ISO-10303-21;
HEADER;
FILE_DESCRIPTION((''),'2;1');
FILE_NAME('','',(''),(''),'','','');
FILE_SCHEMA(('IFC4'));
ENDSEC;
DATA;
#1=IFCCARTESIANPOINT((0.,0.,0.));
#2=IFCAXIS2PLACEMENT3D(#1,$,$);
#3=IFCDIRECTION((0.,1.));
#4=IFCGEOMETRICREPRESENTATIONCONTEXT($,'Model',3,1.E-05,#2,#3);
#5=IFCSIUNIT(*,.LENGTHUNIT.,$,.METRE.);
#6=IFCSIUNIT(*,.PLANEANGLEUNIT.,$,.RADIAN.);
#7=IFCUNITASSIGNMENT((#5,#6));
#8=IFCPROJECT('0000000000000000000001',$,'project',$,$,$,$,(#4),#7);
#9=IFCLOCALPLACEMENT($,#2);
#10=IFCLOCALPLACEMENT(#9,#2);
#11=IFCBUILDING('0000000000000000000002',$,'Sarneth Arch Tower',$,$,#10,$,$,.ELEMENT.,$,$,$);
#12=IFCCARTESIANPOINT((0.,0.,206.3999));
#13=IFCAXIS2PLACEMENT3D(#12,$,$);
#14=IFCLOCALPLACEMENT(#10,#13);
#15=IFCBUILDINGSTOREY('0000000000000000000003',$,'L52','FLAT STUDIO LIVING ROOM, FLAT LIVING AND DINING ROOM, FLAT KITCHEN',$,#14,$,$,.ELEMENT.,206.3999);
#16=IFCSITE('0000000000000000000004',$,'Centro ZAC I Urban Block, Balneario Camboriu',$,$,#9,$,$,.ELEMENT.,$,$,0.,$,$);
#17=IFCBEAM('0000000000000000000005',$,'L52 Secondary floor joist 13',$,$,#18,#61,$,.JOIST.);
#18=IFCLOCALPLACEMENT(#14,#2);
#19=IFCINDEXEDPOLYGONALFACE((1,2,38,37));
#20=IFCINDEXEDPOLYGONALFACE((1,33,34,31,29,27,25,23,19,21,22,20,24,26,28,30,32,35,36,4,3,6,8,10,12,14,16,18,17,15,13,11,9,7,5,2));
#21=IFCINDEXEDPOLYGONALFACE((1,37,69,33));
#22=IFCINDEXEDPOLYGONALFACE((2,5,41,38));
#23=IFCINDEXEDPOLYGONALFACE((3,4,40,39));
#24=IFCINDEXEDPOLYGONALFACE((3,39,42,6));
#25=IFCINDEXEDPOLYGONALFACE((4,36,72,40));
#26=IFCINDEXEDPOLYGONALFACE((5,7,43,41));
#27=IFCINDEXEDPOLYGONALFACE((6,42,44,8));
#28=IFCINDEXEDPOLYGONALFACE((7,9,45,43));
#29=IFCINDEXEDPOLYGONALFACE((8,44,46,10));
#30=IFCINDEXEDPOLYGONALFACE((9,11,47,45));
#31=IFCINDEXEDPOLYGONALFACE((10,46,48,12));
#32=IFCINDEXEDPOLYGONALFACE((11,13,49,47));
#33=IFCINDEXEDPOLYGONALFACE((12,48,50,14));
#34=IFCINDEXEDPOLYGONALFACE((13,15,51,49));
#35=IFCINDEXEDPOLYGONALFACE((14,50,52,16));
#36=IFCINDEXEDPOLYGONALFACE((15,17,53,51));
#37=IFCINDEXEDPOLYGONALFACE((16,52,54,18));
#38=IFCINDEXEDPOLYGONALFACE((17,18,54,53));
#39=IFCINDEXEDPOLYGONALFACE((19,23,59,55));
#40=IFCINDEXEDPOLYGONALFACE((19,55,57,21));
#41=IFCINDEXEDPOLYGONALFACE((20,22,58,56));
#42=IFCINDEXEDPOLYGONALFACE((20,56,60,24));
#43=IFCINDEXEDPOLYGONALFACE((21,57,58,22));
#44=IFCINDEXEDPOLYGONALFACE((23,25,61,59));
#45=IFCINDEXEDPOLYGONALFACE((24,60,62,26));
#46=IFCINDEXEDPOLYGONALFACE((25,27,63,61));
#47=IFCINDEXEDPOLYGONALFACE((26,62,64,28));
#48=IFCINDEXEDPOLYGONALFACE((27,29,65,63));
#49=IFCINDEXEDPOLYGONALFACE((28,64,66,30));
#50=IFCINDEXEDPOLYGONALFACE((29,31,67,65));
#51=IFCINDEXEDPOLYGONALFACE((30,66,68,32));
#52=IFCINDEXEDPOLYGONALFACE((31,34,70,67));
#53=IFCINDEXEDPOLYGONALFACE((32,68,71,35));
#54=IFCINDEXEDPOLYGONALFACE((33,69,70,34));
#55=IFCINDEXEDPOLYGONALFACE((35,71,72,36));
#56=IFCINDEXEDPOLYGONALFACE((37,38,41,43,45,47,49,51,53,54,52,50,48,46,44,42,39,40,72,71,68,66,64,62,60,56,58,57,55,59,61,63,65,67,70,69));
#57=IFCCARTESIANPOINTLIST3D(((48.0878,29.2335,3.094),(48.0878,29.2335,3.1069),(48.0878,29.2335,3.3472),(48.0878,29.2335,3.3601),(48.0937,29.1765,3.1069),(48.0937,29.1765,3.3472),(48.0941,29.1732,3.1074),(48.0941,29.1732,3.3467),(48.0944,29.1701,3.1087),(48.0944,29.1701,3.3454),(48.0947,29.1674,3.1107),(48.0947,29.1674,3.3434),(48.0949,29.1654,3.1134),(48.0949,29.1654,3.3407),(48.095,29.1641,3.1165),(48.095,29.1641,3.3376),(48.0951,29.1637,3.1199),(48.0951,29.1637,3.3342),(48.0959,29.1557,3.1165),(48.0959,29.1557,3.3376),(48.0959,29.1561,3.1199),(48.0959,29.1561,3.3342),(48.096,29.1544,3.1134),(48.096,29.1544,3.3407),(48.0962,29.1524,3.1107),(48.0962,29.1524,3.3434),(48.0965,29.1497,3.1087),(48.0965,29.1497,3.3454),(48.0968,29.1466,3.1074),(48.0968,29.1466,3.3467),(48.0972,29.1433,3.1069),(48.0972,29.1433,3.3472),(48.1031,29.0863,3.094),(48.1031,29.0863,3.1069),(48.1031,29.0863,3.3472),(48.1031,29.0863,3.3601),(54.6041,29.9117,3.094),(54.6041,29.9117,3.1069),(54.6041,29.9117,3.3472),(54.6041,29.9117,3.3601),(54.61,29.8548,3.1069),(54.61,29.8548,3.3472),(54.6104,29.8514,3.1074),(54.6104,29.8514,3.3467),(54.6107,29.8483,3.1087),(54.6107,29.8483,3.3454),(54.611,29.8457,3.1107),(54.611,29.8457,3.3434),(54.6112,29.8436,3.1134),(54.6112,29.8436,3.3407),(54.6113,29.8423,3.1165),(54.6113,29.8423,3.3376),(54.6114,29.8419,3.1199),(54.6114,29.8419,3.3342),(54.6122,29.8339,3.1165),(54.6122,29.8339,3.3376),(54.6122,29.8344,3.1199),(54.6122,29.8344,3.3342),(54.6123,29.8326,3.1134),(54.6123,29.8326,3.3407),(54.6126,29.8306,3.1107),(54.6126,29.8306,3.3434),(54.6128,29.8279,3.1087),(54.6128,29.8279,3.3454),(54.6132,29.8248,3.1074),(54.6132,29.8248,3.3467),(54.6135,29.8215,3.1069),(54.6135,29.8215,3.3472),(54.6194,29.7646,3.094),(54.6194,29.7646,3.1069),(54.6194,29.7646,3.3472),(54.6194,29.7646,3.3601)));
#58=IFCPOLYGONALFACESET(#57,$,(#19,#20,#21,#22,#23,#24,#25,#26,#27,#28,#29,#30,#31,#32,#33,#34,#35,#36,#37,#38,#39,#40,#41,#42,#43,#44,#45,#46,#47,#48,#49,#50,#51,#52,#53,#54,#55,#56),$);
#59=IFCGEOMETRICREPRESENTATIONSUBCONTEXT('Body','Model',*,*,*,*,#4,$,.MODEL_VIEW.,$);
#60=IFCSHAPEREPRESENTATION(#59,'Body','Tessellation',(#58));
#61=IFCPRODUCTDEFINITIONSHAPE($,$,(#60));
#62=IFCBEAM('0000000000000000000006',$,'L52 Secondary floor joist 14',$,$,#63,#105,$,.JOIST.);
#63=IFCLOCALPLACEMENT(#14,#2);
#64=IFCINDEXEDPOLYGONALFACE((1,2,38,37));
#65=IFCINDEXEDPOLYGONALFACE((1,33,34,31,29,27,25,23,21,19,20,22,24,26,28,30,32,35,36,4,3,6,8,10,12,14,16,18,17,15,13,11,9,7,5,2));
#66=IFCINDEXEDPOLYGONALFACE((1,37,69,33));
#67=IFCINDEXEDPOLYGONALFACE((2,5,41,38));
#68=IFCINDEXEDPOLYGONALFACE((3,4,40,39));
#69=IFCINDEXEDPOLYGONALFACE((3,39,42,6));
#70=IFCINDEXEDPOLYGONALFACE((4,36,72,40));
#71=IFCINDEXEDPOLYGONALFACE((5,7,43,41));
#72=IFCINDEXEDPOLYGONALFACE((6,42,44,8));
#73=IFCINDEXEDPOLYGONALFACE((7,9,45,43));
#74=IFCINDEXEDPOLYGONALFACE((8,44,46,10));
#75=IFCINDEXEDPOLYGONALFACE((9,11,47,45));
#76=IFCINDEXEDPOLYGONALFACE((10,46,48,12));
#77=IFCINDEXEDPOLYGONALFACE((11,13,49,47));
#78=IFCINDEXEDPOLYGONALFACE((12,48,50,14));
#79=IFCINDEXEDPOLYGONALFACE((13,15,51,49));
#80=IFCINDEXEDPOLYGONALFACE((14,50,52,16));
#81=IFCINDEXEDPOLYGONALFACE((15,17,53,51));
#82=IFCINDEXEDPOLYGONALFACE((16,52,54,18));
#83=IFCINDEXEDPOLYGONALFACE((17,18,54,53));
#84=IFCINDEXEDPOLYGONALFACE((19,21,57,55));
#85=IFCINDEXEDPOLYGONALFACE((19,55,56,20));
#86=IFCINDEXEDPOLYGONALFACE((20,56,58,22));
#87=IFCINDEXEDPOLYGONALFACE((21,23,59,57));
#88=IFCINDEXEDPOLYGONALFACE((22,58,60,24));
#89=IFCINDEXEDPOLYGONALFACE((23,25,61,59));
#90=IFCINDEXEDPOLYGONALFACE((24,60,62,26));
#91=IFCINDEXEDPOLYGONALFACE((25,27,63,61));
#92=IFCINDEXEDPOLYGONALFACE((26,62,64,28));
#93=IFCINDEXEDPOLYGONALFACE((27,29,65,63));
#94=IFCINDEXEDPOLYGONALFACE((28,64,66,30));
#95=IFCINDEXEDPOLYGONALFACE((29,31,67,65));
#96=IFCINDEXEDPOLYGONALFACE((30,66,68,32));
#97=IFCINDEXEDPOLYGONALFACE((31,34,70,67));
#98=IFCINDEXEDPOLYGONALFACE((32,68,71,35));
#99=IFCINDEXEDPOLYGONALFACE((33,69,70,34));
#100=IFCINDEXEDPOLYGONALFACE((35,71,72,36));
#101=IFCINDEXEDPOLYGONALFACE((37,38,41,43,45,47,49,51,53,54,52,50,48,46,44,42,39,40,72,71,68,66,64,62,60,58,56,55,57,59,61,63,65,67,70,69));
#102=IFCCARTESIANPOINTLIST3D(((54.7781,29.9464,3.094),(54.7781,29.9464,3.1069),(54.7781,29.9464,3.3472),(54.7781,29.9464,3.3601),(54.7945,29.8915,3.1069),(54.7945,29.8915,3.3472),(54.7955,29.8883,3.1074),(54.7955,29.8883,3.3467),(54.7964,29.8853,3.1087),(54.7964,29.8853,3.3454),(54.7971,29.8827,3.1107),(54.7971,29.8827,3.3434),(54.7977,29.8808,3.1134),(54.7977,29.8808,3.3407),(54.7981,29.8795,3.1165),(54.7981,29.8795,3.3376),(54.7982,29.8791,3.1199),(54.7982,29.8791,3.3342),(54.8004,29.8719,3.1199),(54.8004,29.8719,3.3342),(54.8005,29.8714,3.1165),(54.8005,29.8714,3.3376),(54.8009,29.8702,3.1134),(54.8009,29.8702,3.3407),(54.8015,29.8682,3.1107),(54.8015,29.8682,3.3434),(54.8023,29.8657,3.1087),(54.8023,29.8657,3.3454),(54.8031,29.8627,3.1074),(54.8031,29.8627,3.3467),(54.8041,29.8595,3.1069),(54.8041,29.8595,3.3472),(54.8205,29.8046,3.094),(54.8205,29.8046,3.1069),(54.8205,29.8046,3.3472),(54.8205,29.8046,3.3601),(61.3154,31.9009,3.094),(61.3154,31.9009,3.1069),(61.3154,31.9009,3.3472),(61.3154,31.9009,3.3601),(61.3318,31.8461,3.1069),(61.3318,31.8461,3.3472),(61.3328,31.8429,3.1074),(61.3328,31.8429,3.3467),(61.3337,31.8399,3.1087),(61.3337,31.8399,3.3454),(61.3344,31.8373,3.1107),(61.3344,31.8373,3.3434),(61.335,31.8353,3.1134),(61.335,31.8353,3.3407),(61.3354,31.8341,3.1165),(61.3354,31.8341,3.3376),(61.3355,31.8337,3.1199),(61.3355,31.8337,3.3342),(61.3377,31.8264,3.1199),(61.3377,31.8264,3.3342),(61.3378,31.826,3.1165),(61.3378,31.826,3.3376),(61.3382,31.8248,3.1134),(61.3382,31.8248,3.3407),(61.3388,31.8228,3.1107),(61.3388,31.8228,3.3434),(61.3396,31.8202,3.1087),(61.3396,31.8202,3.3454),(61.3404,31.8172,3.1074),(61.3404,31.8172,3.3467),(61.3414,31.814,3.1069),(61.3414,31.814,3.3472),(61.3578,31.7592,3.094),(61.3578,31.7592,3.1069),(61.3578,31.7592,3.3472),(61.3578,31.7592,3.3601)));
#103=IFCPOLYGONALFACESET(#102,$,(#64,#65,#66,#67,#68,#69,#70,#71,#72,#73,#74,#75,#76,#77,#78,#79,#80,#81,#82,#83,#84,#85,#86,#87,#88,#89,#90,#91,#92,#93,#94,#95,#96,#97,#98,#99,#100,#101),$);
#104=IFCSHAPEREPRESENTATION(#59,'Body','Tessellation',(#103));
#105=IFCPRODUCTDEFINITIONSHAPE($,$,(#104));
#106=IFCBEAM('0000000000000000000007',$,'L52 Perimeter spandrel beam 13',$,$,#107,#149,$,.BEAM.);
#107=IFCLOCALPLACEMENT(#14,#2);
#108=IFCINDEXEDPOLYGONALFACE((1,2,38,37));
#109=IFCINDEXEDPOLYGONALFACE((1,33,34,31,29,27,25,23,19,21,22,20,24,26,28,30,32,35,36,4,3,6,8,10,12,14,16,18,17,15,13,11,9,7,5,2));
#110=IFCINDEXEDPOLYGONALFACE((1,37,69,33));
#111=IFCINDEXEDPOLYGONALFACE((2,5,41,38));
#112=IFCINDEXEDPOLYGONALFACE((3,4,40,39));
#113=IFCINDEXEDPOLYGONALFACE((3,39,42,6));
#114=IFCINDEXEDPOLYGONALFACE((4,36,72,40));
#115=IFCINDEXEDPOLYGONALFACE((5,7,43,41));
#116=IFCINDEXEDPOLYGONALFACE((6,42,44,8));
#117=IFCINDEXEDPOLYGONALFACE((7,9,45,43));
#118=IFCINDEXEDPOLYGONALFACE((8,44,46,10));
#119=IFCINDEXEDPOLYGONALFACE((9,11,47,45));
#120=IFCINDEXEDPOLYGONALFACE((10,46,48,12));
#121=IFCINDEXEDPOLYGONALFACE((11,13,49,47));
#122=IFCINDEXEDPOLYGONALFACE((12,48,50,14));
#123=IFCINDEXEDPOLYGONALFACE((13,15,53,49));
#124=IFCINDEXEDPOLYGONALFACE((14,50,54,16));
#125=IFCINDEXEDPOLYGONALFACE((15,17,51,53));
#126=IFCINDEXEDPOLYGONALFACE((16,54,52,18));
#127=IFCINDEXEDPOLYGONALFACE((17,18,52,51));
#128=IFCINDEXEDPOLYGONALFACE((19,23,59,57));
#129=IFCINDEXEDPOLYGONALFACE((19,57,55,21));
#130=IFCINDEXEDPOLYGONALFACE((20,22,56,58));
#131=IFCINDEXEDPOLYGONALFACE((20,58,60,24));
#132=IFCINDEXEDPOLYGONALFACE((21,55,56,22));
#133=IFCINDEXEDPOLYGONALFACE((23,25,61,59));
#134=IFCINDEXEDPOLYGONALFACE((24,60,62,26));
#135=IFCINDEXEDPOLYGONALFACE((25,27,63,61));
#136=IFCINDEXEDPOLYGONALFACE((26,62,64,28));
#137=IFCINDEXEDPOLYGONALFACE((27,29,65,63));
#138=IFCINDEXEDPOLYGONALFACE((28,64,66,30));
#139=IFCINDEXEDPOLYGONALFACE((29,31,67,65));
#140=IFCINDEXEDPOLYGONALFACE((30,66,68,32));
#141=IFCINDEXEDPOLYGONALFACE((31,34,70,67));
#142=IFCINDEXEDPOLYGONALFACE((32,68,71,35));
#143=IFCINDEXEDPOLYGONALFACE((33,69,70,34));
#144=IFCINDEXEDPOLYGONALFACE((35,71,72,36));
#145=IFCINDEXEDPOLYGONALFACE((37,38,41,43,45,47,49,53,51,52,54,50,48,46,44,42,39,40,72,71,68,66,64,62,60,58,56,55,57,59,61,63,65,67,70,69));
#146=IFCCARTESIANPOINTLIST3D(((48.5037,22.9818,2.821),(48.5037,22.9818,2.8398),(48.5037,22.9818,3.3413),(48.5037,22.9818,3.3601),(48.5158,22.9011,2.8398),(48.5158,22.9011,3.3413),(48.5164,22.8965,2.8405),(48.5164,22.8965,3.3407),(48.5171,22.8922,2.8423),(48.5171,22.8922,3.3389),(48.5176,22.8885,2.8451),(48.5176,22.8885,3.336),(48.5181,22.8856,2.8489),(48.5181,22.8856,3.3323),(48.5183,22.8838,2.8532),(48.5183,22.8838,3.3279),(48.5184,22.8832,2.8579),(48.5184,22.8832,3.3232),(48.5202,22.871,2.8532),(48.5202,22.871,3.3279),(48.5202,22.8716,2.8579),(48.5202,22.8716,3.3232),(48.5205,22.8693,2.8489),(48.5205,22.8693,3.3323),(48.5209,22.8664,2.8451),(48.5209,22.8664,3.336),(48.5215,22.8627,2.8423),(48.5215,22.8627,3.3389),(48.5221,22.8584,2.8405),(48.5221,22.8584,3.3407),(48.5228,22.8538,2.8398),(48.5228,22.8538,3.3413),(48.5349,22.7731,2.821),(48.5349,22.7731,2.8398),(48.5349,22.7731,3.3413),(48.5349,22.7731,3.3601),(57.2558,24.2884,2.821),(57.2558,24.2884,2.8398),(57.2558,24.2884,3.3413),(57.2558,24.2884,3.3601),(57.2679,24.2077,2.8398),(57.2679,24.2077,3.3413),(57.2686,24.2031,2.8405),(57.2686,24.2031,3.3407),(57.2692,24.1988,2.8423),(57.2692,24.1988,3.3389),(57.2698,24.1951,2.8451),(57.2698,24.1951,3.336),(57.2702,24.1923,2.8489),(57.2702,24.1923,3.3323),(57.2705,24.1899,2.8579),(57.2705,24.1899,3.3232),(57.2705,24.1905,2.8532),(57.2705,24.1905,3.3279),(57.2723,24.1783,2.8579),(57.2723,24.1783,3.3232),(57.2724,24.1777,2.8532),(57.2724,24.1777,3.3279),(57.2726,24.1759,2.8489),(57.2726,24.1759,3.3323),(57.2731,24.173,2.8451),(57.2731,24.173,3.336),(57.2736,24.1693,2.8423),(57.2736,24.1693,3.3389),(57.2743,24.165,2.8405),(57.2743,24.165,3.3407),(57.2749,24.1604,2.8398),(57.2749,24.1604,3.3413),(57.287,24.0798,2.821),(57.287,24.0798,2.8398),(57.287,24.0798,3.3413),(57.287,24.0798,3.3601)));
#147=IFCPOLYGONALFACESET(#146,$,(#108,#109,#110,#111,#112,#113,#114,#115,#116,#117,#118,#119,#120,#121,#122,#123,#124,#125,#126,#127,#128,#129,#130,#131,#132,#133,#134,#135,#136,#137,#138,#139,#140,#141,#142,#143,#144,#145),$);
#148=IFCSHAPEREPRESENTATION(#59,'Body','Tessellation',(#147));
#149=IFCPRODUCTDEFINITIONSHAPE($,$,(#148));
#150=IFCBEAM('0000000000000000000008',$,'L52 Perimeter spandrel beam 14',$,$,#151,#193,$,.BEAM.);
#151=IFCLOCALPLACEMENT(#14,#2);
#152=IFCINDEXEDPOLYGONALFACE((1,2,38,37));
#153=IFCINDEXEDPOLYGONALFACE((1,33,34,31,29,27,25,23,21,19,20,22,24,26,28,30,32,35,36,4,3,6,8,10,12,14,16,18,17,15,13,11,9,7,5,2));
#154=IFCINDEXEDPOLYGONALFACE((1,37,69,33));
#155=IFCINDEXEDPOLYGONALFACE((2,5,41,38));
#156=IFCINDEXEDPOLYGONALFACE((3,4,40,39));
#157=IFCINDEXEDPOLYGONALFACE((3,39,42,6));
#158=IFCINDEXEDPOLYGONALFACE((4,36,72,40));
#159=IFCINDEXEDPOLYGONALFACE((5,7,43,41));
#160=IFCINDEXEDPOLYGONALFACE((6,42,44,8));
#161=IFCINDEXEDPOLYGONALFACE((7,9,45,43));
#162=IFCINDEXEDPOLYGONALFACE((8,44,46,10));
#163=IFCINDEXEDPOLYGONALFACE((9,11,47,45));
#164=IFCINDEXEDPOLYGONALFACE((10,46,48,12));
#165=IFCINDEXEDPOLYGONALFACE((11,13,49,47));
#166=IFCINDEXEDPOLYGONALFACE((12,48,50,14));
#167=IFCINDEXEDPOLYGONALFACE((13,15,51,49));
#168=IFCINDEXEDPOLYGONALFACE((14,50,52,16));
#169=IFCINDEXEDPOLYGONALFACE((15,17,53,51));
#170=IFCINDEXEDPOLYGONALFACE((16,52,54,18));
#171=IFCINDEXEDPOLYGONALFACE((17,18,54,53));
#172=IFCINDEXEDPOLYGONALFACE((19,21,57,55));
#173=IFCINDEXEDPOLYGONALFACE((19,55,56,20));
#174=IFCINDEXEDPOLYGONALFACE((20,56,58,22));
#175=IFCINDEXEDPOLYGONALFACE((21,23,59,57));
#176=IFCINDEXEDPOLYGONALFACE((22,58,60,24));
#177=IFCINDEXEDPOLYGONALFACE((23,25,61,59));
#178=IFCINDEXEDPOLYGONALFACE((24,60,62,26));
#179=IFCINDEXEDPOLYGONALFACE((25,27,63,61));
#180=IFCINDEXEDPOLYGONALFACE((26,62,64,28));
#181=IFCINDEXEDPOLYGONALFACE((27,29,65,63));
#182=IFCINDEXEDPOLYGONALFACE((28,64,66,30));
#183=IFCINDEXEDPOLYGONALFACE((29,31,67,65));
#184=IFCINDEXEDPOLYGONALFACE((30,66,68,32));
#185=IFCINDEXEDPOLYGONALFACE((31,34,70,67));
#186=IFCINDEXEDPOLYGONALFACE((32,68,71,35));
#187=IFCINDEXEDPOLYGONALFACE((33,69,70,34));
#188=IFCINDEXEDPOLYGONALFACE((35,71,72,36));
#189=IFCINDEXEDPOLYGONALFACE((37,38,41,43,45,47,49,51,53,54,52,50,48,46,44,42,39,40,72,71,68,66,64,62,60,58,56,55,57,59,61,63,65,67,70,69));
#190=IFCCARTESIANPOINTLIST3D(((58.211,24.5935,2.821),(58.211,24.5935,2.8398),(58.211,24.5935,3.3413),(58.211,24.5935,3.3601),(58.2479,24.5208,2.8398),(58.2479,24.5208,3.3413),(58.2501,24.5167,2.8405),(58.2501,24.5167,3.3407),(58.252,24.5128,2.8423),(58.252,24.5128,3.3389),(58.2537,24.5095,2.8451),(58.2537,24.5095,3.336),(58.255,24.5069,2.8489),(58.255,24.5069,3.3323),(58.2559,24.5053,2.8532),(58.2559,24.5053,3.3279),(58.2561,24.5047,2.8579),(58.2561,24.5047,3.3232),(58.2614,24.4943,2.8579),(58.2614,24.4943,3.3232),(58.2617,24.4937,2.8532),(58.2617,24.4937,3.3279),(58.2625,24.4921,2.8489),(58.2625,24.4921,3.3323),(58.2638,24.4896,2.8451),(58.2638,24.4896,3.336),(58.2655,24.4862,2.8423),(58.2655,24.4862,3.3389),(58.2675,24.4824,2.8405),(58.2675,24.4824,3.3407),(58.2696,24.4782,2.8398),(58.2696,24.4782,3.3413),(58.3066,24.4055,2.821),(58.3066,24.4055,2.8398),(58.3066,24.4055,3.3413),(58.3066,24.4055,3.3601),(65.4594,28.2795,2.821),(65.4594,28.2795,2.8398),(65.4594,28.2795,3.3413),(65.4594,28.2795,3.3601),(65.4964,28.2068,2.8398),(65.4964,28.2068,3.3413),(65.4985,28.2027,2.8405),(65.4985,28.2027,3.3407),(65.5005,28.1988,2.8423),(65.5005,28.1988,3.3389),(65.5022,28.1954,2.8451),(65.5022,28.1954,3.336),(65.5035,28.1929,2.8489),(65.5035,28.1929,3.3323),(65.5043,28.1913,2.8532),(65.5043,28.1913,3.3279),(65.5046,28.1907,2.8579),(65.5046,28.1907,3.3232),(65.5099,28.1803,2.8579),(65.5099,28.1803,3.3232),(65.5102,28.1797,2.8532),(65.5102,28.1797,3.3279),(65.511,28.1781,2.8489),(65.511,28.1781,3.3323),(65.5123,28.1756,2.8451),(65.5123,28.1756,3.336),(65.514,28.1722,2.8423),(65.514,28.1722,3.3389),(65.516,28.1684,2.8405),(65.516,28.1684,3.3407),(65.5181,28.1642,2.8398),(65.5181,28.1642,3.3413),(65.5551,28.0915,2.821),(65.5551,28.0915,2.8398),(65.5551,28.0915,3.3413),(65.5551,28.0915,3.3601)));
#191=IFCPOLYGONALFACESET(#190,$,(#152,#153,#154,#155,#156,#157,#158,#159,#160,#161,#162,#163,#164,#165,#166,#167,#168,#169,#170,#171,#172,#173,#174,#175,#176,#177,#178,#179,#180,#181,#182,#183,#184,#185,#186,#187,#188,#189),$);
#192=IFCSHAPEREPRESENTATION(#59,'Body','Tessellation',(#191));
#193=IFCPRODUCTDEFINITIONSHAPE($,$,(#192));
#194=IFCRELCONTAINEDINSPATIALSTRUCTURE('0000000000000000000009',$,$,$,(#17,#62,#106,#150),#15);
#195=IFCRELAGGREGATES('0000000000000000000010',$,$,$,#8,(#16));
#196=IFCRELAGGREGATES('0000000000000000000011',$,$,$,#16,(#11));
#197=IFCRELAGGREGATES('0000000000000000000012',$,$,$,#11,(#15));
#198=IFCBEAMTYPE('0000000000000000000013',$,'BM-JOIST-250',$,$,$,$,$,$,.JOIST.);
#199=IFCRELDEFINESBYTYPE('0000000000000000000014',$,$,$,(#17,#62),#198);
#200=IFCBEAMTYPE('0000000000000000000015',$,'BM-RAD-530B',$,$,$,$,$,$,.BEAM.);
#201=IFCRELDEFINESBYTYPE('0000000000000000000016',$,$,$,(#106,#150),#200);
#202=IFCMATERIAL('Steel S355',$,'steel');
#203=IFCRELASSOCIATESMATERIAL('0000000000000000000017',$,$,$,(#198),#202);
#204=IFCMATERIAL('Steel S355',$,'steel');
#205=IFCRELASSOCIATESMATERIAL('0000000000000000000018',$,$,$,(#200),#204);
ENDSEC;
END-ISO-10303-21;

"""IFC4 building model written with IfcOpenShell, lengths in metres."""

from ifc_helpers import new_model, si_unit, direction, frame, origin, origin_2d, place, context, subcontext, project, spatial, i_section, extrude, material, material_profile, profile_set, type_object, element, save


model = new_model("IFC4")

# Units and contexts
model_context = context("Model", 3, precision=1e-05, world=origin(), true_north=direction((0.0, 1.0)))
body_context = subcontext(model_context, "Body", "Model", "MODEL_VIEW")
ifc_project = project(units=[si_unit("LENGTHUNIT", "METRE"), si_unit("PLANEANGLEUNIT", "RADIAN")], contexts=[model_context])

# Site, building, storey
site_placement = place(None, origin())
site = spatial("IfcSite", under=ifc_project, at=site_placement, Name="Centro ZAC I Urban Block, Balneario Camboriu", CompositionType="ELEMENT", RefElevation=0.0)
building_placement = place(site_placement, origin())
building = spatial("IfcBuilding", under=site, at=building_placement, Name="Sarneth Arch Tower", CompositionType="ELEMENT")
storey_placement = place(building_placement, frame((0.0, 0.0, 206.3999)))
storey = spatial("IfcBuildingStorey", under=building, at=storey_placement, Name="L52", Description="FLAT STUDIO LIVING ROOM, FLAT LIVING AND DINING ROOM, FLAT KITCHEN", CompositionType="ELEMENT", Elevation=206.3999)

# Beams
ifc_material_1 = material(Name="Steel S355", Category="steel")
ifc_material_profile_1 = material_profile(ifc_material_1, i_section(OverallWidth=0.1479, OverallDepth=0.2661, WebThickness=0.0076, FlangeThickness=0.0129, FilletRadius=0.0129, at=origin_2d()), Name="W250x44.8")
ifc_profile_set_1 = profile_set([ifc_material_profile_1], Name="Steel S355")
beam_type_1 = type_object("IfcBeamType", Name="BM-JOIST-250", PredefinedType="JOIST", material=ifc_profile_set_1)
beam_1_placement = place(storey_placement, frame((48.0955, 29.1599, 3.2271), z_axis=(0.994627, 0.103521, 0.0), x_axis=(-0.103521, 0.994627, 0.0)))
element("IfcBeam", 1, at=beam_1_placement, inside=storey, type_object=beam_type_1, Name="L52 Secondary floor joist 13", PredefinedType="JOIST", context=body_context, shape_type="SweptSolid", body=[
    extrude(i_section(OverallWidth=0.1479, OverallDepth=0.2661, WebThickness=0.0076, FlangeThickness=0.0129, FilletRadius=0.0129, at=origin_2d()), origin(), (0.0, 0.0, 1.0), 6.5515),
])
beam_2_placement = place(storey_placement, frame((54.7993, 29.8755, 3.2271), z_axis=(0.958093, 0.286458, 0.0), x_axis=(-0.286458, 0.958093, 0.0)))
element("IfcBeam", 2, at=beam_2_placement, inside=storey, type_object=beam_type_1, Name="L52 Secondary floor joist 14", PredefinedType="JOIST", context=body_context, shape_type="SweptSolid", body=[
    extrude(i_section(OverallWidth=0.1479, OverallDepth=0.2661, WebThickness=0.0076, FlangeThickness=0.0129, FilletRadius=0.0129, at=origin_2d()), origin(), (0.0, 0.0, 1.0), 6.8232),
])
ifc_material_2 = material(Name="Steel S355", Category="steel")
ifc_material_profile_2 = material_profile(ifc_material_2, i_section(OverallWidth=0.2109, OverallDepth=0.5391, WebThickness=0.0117, FlangeThickness=0.0188, FilletRadius=0.0181, at=origin_2d()), Name="W530x109")
ifc_profile_set_2 = profile_set([ifc_material_profile_2], Name="Steel S355")
beam_type_2 = type_object("IfcBeamType", Name="BM-RAD-530B", PredefinedType="BEAM", material=ifc_profile_set_2)
beam_3_placement = place(storey_placement, frame((48.5193, 22.8774, 3.0906), z_axis=(0.989039, 0.147656, 0.0), x_axis=(-0.147656, 0.989039, 0.0)))
element("IfcBeam", 3, at=beam_3_placement, inside=storey, type_object=beam_type_2, Name="L52 Perimeter spandrel beam 13", PredefinedType="BEAM", context=body_context, shape_type="SweptSolid", body=[
    extrude(i_section(OverallWidth=0.2109, OverallDepth=0.5391, WebThickness=0.0117, FlangeThickness=0.0188, FilletRadius=0.0181, at=origin_2d()), origin(), (0.0, 0.0, 1.0), 8.8491),
])
beam_4_placement = place(storey_placement, frame((58.2588, 24.4995, 3.0906), z_axis=(0.891368, 0.45328, 0.0), x_axis=(-0.45328, 0.891368, 0.0)))
element("IfcBeam", 4, at=beam_4_placement, inside=storey, type_object=beam_type_2, Name="L52 Perimeter spandrel beam 14", PredefinedType="BEAM", context=body_context, shape_type="SweptSolid", body=[
    extrude(i_section(OverallWidth=0.2109, OverallDepth=0.5391, WebThickness=0.0117, FlangeThickness=0.0188, FilletRadius=0.0181, at=origin_2d()), origin(), (0.0, 0.0, 1.0), 8.1318),
])

save(model, "model.ifc")
